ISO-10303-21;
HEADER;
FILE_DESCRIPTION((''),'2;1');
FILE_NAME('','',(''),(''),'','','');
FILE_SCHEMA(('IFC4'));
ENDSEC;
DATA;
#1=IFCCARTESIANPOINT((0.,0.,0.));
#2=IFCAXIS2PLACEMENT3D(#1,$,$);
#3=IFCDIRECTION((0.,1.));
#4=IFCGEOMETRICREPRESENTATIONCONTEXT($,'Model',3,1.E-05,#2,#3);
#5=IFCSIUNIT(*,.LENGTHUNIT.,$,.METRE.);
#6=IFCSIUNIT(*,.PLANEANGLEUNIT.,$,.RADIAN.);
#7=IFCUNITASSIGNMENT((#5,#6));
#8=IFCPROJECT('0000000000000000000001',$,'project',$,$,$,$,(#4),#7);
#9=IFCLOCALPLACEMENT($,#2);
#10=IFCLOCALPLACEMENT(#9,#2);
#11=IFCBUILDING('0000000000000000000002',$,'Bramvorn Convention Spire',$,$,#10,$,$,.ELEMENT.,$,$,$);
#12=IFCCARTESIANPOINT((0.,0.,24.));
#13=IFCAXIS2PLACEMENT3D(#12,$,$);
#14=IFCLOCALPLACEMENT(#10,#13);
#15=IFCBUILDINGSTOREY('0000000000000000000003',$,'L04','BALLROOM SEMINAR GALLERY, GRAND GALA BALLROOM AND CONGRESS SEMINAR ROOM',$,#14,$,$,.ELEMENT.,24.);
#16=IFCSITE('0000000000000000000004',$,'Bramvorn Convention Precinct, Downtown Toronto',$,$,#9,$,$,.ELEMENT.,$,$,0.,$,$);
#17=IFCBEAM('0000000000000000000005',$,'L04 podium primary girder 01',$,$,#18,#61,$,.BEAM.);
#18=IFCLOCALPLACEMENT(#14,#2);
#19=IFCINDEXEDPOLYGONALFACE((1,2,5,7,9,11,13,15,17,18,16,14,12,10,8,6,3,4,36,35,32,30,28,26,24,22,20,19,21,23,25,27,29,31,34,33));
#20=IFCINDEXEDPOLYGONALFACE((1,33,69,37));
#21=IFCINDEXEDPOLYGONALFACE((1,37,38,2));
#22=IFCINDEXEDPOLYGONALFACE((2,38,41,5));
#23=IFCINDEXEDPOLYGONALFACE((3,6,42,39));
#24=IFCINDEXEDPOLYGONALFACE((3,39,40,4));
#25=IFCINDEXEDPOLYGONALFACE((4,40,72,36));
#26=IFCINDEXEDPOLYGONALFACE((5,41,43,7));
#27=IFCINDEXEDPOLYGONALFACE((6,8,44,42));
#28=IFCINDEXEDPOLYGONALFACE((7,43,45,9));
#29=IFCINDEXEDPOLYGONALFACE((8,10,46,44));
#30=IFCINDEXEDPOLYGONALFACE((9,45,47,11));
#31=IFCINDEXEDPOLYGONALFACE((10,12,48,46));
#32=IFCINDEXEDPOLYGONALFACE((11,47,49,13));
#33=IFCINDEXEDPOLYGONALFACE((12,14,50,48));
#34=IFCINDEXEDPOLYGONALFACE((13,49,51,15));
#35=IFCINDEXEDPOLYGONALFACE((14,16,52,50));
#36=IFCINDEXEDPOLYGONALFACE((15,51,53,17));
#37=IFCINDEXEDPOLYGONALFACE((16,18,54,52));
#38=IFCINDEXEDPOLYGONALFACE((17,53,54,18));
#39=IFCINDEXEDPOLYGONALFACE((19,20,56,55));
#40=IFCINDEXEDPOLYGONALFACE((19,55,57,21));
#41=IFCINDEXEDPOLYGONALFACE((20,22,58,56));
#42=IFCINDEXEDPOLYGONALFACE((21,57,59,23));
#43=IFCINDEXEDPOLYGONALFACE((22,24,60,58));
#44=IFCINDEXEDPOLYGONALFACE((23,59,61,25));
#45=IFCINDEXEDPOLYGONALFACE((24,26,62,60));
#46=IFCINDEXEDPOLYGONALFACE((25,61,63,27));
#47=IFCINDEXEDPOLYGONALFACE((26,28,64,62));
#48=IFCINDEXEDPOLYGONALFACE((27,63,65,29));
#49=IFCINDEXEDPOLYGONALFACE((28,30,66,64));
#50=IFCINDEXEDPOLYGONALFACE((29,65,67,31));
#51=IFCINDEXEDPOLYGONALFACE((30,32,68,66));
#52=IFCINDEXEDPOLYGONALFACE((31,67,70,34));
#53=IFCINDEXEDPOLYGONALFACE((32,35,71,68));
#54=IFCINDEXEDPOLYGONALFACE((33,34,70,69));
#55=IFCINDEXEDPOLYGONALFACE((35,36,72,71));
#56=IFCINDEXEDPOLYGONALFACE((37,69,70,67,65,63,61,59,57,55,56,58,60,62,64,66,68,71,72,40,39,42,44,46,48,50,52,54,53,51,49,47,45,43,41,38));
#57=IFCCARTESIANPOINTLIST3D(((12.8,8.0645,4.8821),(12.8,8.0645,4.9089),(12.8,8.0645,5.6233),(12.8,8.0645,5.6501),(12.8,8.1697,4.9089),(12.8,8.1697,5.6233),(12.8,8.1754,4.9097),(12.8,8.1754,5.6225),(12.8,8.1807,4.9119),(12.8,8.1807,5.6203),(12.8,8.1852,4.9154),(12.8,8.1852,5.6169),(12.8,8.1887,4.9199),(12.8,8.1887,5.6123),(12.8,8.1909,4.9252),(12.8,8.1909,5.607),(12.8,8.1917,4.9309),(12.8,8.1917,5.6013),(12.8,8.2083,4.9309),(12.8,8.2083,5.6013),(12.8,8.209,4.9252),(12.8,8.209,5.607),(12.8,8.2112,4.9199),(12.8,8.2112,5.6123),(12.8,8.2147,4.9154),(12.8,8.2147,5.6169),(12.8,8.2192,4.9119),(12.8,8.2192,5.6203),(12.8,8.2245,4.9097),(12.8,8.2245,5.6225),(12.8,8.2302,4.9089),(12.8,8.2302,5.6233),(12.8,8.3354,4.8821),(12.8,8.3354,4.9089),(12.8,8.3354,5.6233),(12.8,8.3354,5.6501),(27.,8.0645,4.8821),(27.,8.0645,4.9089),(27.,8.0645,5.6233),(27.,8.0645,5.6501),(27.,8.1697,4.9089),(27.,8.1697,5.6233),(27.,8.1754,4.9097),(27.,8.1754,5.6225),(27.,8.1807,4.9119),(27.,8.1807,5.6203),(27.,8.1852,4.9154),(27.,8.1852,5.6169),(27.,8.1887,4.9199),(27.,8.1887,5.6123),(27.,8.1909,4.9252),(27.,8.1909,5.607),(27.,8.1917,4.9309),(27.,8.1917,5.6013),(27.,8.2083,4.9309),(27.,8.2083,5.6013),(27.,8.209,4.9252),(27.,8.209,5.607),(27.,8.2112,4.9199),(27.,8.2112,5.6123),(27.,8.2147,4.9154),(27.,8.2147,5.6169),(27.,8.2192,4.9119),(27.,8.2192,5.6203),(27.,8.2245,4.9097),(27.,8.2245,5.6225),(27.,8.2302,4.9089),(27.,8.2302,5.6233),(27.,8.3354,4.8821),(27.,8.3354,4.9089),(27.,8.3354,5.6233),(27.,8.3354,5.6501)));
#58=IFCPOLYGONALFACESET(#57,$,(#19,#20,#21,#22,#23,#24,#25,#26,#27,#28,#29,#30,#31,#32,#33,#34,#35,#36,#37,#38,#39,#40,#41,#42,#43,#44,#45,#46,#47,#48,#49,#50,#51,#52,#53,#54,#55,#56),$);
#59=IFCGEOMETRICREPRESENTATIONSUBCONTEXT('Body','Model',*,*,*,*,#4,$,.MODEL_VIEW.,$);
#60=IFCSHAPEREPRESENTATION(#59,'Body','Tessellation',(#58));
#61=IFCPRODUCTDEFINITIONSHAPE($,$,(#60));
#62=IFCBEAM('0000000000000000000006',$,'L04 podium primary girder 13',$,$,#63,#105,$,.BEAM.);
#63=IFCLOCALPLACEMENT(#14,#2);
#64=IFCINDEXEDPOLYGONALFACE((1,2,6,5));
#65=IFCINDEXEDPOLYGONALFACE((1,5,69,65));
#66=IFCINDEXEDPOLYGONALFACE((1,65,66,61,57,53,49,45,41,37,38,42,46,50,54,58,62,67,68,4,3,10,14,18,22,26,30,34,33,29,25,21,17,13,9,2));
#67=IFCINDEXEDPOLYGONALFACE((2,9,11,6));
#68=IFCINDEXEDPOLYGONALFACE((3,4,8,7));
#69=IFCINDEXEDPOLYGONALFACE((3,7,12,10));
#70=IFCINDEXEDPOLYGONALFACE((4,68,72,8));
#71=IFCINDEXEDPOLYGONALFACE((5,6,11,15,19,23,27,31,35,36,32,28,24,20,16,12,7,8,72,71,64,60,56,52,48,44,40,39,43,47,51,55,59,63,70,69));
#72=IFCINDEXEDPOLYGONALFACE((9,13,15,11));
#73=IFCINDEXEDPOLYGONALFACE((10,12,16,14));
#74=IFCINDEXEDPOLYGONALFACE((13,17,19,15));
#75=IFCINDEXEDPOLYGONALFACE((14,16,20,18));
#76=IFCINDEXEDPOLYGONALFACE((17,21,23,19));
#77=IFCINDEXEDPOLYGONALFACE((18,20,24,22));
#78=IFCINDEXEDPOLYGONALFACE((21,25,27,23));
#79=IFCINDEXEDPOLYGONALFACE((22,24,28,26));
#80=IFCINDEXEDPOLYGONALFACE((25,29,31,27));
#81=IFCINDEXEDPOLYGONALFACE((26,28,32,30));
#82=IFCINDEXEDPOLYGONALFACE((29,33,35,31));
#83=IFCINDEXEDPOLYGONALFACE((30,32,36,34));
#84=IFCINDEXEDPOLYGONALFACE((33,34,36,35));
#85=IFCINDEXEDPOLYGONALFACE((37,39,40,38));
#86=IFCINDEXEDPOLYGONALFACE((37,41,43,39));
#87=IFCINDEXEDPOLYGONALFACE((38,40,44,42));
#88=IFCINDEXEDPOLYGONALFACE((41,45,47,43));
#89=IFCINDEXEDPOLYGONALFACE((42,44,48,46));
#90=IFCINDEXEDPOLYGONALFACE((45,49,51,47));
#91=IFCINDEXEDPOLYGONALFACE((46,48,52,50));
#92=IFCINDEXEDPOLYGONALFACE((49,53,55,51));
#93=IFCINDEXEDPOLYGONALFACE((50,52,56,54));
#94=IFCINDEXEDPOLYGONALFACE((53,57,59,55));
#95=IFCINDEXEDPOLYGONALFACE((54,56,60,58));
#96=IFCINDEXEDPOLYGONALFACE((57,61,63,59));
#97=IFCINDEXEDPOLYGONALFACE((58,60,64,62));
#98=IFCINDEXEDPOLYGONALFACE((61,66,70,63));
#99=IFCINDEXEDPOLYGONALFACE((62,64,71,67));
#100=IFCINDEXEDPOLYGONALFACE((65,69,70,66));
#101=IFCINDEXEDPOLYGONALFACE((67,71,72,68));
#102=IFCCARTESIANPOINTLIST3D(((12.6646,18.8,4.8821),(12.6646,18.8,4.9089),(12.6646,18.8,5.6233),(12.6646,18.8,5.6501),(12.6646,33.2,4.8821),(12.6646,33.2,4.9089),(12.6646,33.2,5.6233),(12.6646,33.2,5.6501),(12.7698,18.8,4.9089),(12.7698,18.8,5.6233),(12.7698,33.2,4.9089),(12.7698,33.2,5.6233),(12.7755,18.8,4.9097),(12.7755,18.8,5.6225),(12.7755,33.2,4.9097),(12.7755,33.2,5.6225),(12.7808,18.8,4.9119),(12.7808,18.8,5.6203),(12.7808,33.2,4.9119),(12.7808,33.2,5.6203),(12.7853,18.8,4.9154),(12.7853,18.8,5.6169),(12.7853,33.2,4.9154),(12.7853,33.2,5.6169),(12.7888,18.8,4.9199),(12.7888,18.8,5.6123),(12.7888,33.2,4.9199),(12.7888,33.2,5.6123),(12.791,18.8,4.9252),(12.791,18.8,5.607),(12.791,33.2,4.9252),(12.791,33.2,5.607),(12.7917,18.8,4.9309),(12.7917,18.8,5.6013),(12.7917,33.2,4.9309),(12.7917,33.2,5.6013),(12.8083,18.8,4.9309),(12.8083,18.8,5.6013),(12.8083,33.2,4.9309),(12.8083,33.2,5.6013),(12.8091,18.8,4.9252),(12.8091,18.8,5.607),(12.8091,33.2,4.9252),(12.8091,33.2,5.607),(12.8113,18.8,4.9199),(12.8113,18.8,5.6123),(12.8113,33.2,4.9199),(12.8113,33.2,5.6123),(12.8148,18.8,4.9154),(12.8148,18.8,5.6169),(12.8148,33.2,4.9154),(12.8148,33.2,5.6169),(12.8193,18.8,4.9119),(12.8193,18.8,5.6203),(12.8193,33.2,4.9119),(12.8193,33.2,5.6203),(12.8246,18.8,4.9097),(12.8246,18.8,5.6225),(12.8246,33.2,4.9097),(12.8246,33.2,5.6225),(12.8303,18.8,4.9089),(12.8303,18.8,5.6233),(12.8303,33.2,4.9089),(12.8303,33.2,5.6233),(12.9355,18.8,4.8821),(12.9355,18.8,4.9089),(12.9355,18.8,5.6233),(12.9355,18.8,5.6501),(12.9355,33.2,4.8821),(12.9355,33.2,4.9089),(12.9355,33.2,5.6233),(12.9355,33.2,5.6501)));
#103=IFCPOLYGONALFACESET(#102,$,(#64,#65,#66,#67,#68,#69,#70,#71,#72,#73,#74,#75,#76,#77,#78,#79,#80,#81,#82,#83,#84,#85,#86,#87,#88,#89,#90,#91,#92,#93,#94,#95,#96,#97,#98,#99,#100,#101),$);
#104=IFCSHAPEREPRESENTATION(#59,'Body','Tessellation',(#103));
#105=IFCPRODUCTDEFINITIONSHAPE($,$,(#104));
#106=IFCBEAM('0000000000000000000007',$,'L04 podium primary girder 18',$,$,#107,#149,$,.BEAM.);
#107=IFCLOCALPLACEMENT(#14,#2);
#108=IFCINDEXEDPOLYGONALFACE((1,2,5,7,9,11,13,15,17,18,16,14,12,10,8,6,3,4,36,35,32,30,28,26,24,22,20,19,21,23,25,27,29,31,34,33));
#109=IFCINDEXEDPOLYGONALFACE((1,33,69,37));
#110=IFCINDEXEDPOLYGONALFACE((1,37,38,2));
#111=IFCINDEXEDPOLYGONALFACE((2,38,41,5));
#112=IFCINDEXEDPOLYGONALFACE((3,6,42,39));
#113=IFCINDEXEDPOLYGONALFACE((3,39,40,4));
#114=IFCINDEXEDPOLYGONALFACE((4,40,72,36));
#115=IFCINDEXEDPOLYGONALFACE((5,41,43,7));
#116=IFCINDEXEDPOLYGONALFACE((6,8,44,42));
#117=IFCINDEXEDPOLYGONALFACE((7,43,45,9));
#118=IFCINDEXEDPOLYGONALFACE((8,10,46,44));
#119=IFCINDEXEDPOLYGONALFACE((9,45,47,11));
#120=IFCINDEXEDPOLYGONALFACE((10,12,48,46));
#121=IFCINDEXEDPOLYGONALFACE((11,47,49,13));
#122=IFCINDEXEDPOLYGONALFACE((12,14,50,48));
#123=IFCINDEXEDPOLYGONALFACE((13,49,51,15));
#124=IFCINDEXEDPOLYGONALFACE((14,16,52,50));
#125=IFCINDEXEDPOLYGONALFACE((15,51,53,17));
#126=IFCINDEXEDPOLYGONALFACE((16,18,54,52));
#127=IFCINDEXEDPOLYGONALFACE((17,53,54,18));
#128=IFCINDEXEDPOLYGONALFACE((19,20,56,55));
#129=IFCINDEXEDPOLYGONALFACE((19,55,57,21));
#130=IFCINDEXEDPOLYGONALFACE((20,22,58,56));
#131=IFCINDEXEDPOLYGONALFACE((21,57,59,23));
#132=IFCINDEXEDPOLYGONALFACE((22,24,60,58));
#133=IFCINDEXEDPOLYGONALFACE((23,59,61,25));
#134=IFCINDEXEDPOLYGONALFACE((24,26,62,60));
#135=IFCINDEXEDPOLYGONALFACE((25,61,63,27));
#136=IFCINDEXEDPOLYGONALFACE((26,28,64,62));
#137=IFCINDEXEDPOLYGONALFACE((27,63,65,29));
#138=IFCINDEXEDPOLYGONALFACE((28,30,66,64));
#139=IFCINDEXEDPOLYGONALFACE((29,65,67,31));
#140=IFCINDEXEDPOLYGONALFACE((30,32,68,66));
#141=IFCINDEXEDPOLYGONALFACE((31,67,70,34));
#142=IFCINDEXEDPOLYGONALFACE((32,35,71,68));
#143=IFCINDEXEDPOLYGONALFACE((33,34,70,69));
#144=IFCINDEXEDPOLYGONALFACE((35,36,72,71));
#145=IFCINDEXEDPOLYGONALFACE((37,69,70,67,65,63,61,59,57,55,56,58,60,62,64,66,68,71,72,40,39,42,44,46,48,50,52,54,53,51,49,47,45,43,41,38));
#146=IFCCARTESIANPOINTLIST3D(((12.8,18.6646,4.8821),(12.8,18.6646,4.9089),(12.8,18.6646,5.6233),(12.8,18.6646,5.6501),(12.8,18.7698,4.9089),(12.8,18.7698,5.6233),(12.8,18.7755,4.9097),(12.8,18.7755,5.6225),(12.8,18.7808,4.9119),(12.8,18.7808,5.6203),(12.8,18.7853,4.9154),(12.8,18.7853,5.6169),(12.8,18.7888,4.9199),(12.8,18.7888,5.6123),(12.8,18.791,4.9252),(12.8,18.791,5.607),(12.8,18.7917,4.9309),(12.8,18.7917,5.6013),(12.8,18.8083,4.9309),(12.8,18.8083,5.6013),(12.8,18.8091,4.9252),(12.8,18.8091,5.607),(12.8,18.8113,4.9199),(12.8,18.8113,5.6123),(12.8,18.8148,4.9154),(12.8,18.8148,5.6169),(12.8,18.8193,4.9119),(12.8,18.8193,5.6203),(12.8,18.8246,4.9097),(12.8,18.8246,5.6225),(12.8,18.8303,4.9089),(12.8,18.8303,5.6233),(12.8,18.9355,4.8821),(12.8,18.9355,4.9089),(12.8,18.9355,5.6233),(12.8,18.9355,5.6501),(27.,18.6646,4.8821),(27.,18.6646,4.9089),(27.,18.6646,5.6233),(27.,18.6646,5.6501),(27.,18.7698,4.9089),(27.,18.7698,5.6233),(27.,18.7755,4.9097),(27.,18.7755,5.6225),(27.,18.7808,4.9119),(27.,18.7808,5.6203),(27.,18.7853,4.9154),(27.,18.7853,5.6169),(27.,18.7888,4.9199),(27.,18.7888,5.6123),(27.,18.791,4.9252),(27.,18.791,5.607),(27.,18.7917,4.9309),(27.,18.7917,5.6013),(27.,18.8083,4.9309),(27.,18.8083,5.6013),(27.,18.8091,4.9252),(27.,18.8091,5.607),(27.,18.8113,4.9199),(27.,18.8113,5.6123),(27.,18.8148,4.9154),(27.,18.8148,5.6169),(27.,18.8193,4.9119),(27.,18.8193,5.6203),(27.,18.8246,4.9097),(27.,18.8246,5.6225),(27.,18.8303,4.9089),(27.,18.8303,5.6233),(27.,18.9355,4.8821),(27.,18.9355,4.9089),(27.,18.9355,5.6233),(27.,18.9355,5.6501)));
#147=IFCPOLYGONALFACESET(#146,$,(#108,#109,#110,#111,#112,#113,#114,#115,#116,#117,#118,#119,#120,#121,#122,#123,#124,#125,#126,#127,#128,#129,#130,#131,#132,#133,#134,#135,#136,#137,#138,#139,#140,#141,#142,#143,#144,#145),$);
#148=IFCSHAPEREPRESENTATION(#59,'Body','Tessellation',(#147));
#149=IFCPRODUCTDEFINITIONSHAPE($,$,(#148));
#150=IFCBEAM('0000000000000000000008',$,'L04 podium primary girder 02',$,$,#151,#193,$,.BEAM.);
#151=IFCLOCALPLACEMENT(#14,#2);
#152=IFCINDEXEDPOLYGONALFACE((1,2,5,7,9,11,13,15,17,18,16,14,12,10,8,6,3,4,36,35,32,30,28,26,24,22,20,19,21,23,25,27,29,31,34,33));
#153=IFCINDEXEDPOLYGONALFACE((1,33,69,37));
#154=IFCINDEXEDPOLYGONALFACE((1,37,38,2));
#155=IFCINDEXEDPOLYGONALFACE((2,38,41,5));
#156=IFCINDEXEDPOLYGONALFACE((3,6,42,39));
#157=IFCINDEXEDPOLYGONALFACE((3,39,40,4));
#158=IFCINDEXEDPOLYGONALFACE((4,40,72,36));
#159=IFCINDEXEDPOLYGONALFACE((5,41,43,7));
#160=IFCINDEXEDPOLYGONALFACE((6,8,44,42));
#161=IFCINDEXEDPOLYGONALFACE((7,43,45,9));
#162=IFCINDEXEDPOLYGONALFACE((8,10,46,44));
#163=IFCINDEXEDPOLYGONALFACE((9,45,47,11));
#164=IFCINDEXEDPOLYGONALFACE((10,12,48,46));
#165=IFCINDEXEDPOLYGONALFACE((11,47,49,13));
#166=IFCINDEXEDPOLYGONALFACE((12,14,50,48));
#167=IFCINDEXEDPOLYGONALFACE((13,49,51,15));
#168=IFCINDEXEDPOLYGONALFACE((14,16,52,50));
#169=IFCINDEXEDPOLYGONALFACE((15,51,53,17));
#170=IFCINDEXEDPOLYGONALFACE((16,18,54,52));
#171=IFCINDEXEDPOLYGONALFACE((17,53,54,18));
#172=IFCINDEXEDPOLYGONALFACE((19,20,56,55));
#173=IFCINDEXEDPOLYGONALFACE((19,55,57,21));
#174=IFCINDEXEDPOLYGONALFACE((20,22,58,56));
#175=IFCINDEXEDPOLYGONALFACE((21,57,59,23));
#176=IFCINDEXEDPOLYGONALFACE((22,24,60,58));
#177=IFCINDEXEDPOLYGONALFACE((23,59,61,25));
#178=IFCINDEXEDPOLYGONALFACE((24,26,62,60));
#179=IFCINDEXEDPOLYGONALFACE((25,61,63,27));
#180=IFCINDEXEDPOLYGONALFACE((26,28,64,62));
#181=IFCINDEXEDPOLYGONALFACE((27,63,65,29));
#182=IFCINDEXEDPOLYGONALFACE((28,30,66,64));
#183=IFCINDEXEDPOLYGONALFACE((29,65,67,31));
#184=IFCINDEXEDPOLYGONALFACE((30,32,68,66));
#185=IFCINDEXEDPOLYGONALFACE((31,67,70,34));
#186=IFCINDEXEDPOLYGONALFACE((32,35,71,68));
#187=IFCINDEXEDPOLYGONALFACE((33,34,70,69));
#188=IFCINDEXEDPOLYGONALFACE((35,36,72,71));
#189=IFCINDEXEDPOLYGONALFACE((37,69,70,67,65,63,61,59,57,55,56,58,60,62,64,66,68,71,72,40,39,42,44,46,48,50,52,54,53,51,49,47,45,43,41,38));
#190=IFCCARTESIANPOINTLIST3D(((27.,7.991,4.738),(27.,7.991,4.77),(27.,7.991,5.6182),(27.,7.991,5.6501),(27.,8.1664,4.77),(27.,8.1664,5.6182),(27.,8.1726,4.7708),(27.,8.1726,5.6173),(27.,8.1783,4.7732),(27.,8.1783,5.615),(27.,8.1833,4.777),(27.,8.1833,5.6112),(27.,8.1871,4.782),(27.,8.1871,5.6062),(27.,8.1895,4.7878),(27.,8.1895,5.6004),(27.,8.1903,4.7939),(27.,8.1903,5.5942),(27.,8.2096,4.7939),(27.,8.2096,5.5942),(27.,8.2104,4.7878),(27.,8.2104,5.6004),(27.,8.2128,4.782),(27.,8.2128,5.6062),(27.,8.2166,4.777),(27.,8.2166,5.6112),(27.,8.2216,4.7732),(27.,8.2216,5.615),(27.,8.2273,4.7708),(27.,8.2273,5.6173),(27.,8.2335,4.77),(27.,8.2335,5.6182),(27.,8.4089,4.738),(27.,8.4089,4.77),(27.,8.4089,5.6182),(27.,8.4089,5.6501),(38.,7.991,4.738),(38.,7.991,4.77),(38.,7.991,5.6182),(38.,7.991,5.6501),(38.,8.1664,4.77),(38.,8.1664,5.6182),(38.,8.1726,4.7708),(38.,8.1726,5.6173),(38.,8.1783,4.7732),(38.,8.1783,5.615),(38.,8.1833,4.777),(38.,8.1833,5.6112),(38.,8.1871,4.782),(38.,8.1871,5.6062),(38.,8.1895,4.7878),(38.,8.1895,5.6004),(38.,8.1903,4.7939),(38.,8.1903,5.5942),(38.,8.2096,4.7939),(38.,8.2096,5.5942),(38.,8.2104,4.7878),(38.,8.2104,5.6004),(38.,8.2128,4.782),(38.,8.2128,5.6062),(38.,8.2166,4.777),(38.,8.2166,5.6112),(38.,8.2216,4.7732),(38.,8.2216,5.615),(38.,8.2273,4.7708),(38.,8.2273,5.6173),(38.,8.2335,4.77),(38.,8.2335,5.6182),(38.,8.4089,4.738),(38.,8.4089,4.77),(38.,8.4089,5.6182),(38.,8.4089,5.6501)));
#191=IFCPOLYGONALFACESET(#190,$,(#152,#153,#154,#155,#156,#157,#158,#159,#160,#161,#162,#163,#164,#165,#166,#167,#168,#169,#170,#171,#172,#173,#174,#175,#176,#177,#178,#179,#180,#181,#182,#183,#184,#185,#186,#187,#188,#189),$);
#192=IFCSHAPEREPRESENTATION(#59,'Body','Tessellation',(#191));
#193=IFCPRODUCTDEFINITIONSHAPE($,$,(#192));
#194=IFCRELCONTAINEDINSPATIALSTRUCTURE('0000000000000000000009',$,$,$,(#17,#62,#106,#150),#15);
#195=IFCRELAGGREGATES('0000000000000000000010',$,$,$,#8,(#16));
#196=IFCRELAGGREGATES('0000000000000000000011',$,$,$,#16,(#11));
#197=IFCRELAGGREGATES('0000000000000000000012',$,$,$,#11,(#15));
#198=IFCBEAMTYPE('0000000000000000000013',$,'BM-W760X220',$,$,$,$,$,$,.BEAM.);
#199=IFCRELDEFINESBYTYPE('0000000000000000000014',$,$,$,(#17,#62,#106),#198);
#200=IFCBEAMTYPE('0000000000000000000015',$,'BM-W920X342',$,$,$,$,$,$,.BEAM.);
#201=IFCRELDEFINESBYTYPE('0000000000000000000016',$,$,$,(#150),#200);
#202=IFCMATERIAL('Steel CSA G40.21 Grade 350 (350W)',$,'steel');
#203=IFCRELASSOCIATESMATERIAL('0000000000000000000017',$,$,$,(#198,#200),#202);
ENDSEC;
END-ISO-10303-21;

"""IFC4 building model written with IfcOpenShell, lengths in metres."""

from ifc_helpers import new_model, si_unit, direction, frame, origin, origin_2d, place, context, subcontext, project, spatial, i_section, extrude, material, material_profile, profile_set, type_object, element, save


model = new_model("IFC4")

# Units and contexts
model_context = context("Model", 3, precision=1e-05, world=origin(), true_north=direction((0.0, 1.0)))
body_context = subcontext(model_context, "Body", "Model", "MODEL_VIEW")
ifc_project = project(units=[si_unit("LENGTHUNIT", "METRE"), si_unit("PLANEANGLEUNIT", "RADIAN")], contexts=[model_context])

# Site, building, storey
site_placement = place(None, origin())
site = spatial("IfcSite", under=ifc_project, at=site_placement, Name="Bramvorn Convention Precinct, Downtown Toronto", CompositionType="ELEMENT", RefElevation=0.0)
building_placement = place(site_placement, origin())
building = spatial("IfcBuilding", under=site, at=building_placement, Name="Bramvorn Convention Spire", CompositionType="ELEMENT")
storey_placement = place(building_placement, frame((0.0, 0.0, 24.0)))
storey = spatial("IfcBuildingStorey", under=building, at=storey_placement, Name="L04", Description="BALLROOM SEMINAR GALLERY, GRAND GALA BALLROOM AND CONGRESS SEMINAR ROOM", CompositionType="ELEMENT", Elevation=24.0)

# Shared definitions
ifc_material_1 = material(Name="Steel CSA G40.21 Grade 350 (350W)", Category="steel")

# Beams
ifc_material_profile_1 = material_profile(ifc_material_1, i_section(OverallWidth=0.271, OverallDepth=0.7681, WebThickness=0.0166, FlangeThickness=0.0269, FilletRadius=0.022, at=origin_2d()))
ifc_profile_set_1 = profile_set([ifc_material_profile_1], Name="Steel CSA G40.21 Grade 350 (350W) - W760X220")
beam_type_1 = type_object("IfcBeamType", Name="BM-W760X220", PredefinedType="BEAM", material=ifc_profile_set_1)
beam_1_placement = place(storey_placement, frame((12.8, 8.2, 5.2661), z_axis=(1.0, 0.0, 0.0), x_axis=(0.0, 1.0, 0.0)))
element("IfcBeam", 1, at=beam_1_placement, inside=storey, type_object=beam_type_1, Name="L04 podium primary girder 01", PredefinedType="BEAM", context=body_context, shape_type="SweptSolid", body=[
    extrude(i_section(OverallWidth=0.271, OverallDepth=0.7681, WebThickness=0.0166, FlangeThickness=0.0269, FilletRadius=0.022, at=origin_2d()), origin(), (0.0, 0.0, 1.0), 14.2),
])
beam_2_placement = place(storey_placement, frame((12.8, 18.8, 5.2661), z_axis=(0.0, 1.0, 0.0), x_axis=(-1.0, 0.0, 0.0)))
element("IfcBeam", 2, at=beam_2_placement, inside=storey, type_object=beam_type_1, Name="L04 podium primary girder 13", PredefinedType="BEAM", context=body_context, shape_type="SweptSolid", body=[
    extrude(i_section(OverallWidth=0.271, OverallDepth=0.7681, WebThickness=0.0166, FlangeThickness=0.0269, FilletRadius=0.022, at=origin_2d()), origin(), (0.0, 0.0, 1.0), 14.3999),
])
beam_3_placement = place(storey_placement, frame((12.8, 18.8, 5.2661), z_axis=(1.0, 0.0, 0.0), x_axis=(0.0, 1.0, 0.0)))
element("IfcBeam", 3, at=beam_3_placement, inside=storey, type_object=beam_type_1, Name="L04 podium primary girder 18", PredefinedType="BEAM", context=body_context, shape_type="SweptSolid", body=[
    extrude(i_section(OverallWidth=0.271, OverallDepth=0.7681, WebThickness=0.0166, FlangeThickness=0.0269, FilletRadius=0.022, at=origin_2d()), origin(), (0.0, 0.0, 1.0), 14.2),
])
ifc_material_profile_2 = material_profile(ifc_material_1, i_section(OverallWidth=0.418, OverallDepth=0.9121, WebThickness=0.0193, FlangeThickness=0.032, FilletRadius=0.0239, at=origin_2d()))
ifc_profile_set_2 = profile_set([ifc_material_profile_2], Name="Steel CSA G40.21 Grade 350 (350W) - W920X342")
beam_type_2 = type_object("IfcBeamType", Name="BM-W920X342", PredefinedType="BEAM", material=ifc_profile_set_2)
beam_4_placement = place(storey_placement, frame((27.0, 8.2, 5.1941), z_axis=(1.0, 0.0, 0.0), x_axis=(0.0, 1.0, 0.0)))
element("IfcBeam", 4, at=beam_4_placement, inside=storey, type_object=beam_type_2, Name="L04 podium primary girder 02", PredefinedType="BEAM", context=body_context, shape_type="SweptSolid", body=[
    extrude(i_section(OverallWidth=0.418, OverallDepth=0.9121, WebThickness=0.0193, FlangeThickness=0.032, FilletRadius=0.0239, at=origin_2d()), origin(), (0.0, 0.0, 1.0), 11.0),
])

save(model, "model.ifc")
